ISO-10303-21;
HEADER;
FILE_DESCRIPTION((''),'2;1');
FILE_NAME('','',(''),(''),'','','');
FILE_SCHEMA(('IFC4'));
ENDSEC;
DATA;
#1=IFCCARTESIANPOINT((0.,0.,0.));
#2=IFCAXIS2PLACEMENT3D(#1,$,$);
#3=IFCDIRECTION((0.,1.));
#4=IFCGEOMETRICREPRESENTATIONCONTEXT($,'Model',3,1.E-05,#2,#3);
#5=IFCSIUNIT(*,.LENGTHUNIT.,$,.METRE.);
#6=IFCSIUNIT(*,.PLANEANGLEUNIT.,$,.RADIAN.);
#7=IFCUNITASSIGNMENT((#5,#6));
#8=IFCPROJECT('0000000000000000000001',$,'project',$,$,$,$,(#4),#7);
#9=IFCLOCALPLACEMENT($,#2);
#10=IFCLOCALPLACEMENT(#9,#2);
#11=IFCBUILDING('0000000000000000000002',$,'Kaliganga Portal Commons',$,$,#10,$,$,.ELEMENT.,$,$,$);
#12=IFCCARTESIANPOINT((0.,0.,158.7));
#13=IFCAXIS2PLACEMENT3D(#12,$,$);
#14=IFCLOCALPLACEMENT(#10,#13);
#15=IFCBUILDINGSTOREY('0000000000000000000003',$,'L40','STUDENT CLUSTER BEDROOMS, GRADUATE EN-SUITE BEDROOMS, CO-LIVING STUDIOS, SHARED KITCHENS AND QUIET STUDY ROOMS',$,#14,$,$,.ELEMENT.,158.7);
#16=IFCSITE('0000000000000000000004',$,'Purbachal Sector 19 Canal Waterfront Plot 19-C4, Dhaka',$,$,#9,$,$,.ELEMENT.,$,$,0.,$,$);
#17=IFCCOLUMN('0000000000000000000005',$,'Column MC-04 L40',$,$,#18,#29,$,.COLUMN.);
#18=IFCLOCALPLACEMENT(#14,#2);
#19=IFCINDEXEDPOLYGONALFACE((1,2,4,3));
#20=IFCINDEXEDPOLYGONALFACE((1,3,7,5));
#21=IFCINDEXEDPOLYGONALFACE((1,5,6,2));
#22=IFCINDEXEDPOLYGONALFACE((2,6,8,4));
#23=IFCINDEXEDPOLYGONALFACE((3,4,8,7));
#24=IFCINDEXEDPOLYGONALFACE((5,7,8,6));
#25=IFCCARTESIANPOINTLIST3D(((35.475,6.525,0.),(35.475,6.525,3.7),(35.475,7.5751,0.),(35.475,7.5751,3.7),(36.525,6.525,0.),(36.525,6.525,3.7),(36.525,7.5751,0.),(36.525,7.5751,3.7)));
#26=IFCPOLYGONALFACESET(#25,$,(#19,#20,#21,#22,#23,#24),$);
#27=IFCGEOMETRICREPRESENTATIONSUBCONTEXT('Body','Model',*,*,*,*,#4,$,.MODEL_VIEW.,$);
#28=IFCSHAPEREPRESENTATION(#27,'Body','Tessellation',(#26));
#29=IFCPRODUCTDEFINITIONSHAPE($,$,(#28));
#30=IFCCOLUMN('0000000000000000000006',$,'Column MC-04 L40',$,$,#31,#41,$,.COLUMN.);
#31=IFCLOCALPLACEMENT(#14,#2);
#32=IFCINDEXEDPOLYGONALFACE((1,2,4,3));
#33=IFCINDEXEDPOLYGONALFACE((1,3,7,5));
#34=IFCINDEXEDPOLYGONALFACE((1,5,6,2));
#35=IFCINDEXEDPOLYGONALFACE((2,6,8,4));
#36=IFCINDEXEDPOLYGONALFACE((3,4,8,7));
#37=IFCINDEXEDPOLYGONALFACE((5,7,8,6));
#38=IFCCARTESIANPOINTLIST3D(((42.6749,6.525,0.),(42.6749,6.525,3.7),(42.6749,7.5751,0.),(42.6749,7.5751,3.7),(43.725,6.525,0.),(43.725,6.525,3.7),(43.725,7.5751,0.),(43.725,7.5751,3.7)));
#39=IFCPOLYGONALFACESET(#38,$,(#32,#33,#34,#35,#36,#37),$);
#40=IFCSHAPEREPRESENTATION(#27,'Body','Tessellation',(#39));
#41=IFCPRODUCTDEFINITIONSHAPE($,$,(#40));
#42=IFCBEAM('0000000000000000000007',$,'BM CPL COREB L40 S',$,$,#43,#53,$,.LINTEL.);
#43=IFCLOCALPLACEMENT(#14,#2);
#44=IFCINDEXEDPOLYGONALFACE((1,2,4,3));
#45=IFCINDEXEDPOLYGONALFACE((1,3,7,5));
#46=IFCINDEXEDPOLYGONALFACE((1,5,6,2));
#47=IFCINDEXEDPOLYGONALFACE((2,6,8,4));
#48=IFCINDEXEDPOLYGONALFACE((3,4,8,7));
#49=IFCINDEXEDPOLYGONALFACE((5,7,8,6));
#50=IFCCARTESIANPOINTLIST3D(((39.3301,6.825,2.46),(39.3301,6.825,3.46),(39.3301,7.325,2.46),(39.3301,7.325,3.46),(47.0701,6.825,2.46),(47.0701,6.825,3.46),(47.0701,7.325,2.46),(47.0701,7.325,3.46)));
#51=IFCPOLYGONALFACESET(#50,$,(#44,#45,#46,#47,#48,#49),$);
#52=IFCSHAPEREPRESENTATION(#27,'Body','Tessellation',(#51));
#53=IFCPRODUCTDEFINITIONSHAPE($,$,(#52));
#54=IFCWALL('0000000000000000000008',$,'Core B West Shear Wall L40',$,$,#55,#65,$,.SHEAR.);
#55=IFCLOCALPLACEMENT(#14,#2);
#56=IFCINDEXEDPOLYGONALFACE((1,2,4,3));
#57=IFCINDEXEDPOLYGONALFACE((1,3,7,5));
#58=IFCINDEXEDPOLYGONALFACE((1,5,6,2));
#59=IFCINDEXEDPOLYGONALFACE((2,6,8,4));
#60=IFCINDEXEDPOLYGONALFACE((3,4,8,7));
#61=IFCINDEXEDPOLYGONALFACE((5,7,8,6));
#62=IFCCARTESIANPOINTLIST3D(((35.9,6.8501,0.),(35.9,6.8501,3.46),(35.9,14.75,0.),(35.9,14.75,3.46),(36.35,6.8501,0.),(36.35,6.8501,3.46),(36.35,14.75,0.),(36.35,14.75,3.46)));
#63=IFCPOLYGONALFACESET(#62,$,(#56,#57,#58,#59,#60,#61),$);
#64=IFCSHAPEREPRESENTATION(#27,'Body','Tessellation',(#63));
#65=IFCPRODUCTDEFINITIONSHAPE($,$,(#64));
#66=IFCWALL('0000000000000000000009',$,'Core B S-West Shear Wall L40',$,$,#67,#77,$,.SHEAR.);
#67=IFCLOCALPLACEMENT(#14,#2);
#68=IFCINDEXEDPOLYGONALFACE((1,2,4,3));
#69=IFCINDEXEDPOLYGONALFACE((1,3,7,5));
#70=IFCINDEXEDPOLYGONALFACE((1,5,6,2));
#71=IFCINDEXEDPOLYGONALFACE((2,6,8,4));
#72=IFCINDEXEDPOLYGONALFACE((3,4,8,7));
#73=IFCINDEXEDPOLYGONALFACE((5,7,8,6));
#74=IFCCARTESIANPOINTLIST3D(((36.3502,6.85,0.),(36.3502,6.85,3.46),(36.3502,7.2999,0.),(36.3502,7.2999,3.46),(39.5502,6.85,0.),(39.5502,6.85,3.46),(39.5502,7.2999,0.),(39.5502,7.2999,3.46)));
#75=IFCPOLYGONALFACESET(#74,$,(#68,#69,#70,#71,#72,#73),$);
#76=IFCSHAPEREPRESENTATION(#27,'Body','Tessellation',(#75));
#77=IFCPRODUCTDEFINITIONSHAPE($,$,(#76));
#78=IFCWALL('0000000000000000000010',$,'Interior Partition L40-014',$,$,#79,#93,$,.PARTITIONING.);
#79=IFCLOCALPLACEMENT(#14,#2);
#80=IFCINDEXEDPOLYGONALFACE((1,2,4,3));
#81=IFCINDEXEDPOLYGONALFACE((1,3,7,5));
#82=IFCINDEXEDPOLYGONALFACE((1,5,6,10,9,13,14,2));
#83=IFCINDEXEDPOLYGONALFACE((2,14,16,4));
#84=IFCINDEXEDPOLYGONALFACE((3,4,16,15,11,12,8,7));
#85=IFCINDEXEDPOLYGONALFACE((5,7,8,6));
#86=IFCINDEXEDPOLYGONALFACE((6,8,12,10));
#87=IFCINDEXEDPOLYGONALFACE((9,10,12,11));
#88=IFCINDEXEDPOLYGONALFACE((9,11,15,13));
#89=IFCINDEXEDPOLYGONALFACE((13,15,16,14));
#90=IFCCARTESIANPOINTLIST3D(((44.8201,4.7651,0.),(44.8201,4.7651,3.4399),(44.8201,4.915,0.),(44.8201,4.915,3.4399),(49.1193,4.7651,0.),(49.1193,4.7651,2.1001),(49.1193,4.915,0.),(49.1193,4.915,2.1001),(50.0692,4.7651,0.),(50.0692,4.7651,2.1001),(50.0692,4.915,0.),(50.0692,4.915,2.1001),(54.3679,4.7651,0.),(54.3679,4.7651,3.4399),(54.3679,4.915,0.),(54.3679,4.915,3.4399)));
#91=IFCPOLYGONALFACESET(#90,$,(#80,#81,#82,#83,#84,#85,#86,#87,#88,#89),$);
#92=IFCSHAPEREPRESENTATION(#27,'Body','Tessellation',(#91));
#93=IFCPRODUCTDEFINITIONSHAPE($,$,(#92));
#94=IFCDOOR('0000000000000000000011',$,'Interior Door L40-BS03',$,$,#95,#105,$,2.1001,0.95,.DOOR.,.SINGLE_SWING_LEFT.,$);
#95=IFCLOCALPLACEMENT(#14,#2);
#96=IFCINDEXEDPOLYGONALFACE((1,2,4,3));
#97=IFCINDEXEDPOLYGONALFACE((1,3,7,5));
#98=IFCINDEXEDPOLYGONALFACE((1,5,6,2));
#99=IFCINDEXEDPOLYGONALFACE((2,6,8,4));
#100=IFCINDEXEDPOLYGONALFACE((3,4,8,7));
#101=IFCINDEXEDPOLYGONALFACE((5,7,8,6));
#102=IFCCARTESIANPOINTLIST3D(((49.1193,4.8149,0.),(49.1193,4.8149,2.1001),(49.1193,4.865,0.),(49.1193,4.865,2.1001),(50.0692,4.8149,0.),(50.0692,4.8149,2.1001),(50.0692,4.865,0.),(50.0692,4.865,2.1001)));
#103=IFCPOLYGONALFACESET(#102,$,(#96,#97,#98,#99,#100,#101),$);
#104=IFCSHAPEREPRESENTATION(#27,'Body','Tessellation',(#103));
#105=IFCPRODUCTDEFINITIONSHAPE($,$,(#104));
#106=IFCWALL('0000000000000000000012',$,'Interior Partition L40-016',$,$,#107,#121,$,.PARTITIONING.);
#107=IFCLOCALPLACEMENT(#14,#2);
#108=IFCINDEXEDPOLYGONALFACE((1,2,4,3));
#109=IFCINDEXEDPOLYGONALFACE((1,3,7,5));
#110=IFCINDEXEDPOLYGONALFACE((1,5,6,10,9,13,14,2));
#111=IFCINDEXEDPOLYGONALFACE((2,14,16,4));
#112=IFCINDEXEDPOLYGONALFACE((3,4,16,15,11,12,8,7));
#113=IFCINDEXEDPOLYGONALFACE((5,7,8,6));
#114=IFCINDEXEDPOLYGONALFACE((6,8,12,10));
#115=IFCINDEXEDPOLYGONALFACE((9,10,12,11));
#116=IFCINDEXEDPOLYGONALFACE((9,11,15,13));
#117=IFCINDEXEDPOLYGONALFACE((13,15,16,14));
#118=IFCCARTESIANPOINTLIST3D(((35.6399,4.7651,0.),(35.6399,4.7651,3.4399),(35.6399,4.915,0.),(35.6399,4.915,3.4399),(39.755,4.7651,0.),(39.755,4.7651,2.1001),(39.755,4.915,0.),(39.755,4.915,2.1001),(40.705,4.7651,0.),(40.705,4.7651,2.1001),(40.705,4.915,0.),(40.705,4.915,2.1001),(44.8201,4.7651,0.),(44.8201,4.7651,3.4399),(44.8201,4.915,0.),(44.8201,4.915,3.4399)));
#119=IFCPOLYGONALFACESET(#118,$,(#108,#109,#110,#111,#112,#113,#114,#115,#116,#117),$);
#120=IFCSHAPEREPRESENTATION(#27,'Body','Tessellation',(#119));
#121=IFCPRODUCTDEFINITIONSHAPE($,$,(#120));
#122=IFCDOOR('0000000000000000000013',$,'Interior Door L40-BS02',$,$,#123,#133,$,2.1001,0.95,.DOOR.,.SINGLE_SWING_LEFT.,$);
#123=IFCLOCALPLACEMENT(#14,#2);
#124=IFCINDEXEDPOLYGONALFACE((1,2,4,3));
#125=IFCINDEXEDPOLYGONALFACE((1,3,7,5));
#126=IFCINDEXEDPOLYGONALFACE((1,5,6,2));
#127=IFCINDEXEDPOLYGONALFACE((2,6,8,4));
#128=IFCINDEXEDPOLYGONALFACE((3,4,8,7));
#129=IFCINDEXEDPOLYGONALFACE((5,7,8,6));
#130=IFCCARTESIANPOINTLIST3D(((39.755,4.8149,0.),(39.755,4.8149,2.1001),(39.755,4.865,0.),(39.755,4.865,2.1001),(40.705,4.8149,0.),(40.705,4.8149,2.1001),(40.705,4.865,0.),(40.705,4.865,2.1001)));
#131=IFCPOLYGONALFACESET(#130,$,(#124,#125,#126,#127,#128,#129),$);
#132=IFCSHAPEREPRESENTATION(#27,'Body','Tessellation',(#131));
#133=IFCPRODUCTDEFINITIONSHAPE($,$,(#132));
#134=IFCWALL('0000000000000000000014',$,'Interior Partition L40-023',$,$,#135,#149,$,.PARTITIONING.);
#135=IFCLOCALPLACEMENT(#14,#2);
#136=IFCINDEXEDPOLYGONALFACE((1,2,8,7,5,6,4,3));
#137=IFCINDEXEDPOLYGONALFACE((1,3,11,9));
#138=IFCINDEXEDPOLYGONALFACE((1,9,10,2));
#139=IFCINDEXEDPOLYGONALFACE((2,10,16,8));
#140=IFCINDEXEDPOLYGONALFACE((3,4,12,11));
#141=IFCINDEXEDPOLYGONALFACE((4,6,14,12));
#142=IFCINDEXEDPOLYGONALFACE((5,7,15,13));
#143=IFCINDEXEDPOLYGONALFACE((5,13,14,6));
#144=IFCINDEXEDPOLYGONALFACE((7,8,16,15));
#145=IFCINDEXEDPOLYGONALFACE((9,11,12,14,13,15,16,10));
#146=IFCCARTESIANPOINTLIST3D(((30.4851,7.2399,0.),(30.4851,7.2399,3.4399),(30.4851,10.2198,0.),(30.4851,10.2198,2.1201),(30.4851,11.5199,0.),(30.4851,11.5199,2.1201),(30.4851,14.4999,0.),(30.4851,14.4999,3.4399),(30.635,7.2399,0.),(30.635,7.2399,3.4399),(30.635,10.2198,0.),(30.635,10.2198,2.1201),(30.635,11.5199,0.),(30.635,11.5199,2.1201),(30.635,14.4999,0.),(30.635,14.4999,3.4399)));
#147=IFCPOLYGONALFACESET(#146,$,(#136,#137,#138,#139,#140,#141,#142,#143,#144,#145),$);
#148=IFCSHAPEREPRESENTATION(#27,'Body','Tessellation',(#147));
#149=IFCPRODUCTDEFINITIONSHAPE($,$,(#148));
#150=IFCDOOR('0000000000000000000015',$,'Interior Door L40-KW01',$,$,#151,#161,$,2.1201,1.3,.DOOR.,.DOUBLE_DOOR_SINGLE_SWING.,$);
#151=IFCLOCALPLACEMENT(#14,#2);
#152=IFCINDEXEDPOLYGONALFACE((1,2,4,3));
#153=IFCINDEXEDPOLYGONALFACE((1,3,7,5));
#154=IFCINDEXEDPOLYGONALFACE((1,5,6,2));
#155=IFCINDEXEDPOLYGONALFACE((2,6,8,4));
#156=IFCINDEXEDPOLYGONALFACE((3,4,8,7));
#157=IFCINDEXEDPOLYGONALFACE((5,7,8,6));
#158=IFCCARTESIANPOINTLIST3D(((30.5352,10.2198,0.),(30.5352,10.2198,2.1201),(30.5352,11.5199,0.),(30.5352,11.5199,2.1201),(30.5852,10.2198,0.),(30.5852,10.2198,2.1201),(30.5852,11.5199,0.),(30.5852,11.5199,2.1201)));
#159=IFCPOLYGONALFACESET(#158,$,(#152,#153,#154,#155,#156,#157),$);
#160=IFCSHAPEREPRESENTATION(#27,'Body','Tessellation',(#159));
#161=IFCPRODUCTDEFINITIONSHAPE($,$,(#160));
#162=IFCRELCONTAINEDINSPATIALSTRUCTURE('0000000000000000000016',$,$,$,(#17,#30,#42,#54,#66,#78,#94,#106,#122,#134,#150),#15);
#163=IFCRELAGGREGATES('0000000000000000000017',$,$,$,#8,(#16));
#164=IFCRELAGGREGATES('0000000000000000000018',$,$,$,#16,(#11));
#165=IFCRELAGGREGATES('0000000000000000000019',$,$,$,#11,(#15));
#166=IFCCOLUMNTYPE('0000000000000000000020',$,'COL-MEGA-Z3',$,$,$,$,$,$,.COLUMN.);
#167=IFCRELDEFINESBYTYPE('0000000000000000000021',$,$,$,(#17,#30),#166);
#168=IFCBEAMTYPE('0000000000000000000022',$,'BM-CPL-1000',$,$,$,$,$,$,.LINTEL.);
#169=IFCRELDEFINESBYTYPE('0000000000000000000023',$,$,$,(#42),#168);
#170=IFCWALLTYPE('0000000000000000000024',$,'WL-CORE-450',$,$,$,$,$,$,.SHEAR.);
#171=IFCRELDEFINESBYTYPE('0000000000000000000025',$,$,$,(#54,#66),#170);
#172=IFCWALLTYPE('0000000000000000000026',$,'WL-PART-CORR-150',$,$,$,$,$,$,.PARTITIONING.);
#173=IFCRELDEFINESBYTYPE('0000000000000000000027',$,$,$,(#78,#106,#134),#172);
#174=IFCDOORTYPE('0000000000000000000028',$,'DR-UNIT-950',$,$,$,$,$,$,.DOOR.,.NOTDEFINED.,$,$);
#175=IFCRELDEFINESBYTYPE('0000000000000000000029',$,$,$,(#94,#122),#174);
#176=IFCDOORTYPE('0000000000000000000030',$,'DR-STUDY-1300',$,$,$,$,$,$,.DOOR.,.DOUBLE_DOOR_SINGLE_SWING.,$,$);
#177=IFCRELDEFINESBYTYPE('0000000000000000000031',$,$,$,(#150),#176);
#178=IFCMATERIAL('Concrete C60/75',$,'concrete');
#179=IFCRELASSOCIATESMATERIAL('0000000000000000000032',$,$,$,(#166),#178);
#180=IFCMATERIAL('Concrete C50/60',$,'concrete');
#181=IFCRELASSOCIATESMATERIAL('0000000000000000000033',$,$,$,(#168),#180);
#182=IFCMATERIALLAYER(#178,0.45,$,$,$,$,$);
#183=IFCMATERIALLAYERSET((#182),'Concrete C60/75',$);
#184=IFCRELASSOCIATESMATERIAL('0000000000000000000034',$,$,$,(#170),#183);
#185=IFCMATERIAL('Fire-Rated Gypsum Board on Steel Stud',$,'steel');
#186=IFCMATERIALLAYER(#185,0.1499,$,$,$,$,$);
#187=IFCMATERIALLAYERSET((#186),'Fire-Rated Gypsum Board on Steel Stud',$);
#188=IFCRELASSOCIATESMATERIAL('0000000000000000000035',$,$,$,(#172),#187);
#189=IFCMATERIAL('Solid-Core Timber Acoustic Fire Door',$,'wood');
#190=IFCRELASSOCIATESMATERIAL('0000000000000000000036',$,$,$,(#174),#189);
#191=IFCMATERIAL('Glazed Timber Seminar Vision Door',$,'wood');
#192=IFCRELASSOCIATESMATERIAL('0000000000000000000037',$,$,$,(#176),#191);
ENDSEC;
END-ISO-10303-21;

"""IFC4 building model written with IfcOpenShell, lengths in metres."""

from ifc_helpers import new_model, si_unit, direction, frame, frame_2d, origin, origin_2d, place, context, subcontext, project, spatial, rectangle, extrude, source, transform, mapped, material, layer, layer_set, material_profile, profile_set, type_object, element, fill, save


model = new_model("IFC4")

# Units and contexts
model_context = context("Model", 3, precision=1e-05, world=origin(), true_north=direction((0.0, 1.0)))
body_context = subcontext(model_context, "Body", "Model", "MODEL_VIEW")
ifc_project = project(units=[si_unit("LENGTHUNIT", "METRE"), si_unit("PLANEANGLEUNIT", "RADIAN")], contexts=[model_context])

# Site, building, storey
site_placement = place(None, origin())
site = spatial("IfcSite", under=ifc_project, at=site_placement, Name="Purbachal Sector 19 Canal Waterfront Plot 19-C4, Dhaka", CompositionType="ELEMENT", RefElevation=0.0)
building_placement = place(site_placement, origin())
building = spatial("IfcBuilding", under=site, at=building_placement, Name="Kaliganga Portal Commons", CompositionType="ELEMENT")
storey_placement = place(building_placement, frame((0.0, 0.0, 158.7)))
storey = spatial("IfcBuildingStorey", under=building, at=storey_placement, Name="L40", Description="STUDENT CLUSTER BEDROOMS, GRADUATE EN-SUITE BEDROOMS, CO-LIVING STUDIOS, SHARED KITCHENS AND QUIET STUDY ROOMS", CompositionType="ELEMENT", Elevation=158.7)

# Columns
ifc_material_1 = material(Name="Concrete C60/75", Category="concrete")
ifc_material_profile_1 = material_profile(ifc_material_1, rectangle(XDim=1.05, YDim=1.05, at=origin_2d()), Name="RC 1050x1050")
ifc_profile_set_1 = profile_set([ifc_material_profile_1], Name="Concrete C60/75")
column_type = type_object("IfcColumnType", Name="COL-MEGA-Z3", PredefinedType="COLUMN", material=ifc_profile_set_1)
shared_shape_1 = source(origin(), body_context, "Body", "SweptSolid", [
    extrude(rectangle(XDim=1.05, YDim=1.05, at=origin_2d()), origin(), (0.0, 0.0, 1.0), 3.7),
])
for number, where, z_axis, x_axis, name in (
    (1, (36.0, 7.05, 0.0), (0.0, 0.0, 1.0), (1.0, 0.0, 0.0), "Column MC-04 L40"),
    (2, (43.2, 7.05, 0.0), (0.0, 0.0, 1.0), (1.0, 0.0, 0.0), "Column MC-04 L40"),
):
    element("IfcColumn", number, at=place(storey_placement, frame(where, z_axis=z_axis, x_axis=x_axis)), inside=storey, type_object=column_type, Name=name, PredefinedType="COLUMN", context=body_context, shape_type="MappedRepresentation", body=[
        mapped(shared_shape_1, transform((0.0, 0.0, 0.0), x_axis=(1.0, 0.0, 0.0), y_axis=(0.0, 1.0, 0.0), z_axis=(0.0, 0.0, 1.0), scale=1.0)),
    ])

# Beam
ifc_material_2 = material(Name="Concrete C50/60", Category="concrete")
ifc_material_profile_2 = material_profile(ifc_material_2, rectangle(XDim=0.5, YDim=1.0, at=origin_2d()), Name="RC 500x1000")
ifc_profile_set_2 = profile_set([ifc_material_profile_2], Name="Concrete C50/60")
beam_type = type_object("IfcBeamType", Name="BM-CPL-1000", PredefinedType="LINTEL", material=ifc_profile_set_2)
shared_shape_2 = source(origin(), body_context, "Body", "SweptSolid", [
    extrude(rectangle(XDim=0.5, YDim=1.0, at=origin_2d()), origin(), (0.0, 0.0, 1.0), 7.74),
])
beam_placement = place(storey_placement, frame((39.3301, 7.075, 2.96), z_axis=(1.0, 0.0, 0.0), x_axis=(0.0, 1.0, 0.0)))
element("IfcBeam", 3, at=beam_placement, inside=storey, type_object=beam_type, Name="BM CPL COREB L40 S", PredefinedType="LINTEL", context=body_context, shape_type="MappedRepresentation", body=[
    mapped(shared_shape_2, transform((0.0, 0.0, 0.0), x_axis=(1.0, 0.0, 0.0), y_axis=(0.0, 1.0, 0.0), z_axis=(0.0, 0.0, 1.0), scale=1.0)),
])

# Walls
ifc_layer_1 = layer(ifc_material_1, 0.45)
ifc_layer_set_1 = layer_set([ifc_layer_1], Name="Concrete C60/75")
wall_type_1 = type_object("IfcWallType", Name="WL-CORE-450", PredefinedType="SHEAR", material=ifc_layer_set_1)
wall_1_placement = place(storey_placement, frame((36.125, 6.8501, 0.0), z_axis=(0.0, 0.0, 1.0), x_axis=(0.0, 1.0, 0.0)))
element("IfcWall", 4, at=wall_1_placement, inside=storey, type_object=wall_type_1, Name="Core B West Shear Wall L40", PredefinedType="SHEAR", context=body_context, shape_type="SweptSolid", body=[
    extrude(rectangle(XDim=7.8999, YDim=0.45, at=frame_2d((3.95, 0.0))), origin(), (0.0, 0.0, 1.0), 3.46),
])
wall_2_placement = place(storey_placement, frame((36.3501, 7.075, 0.0), z_axis=(0.0, 0.0, 1.0), x_axis=(1.0, 0.0, 0.0)))
element("IfcWall", 5, at=wall_2_placement, inside=storey, type_object=wall_type_1, Name="Core B S-West Shear Wall L40", PredefinedType="SHEAR", context=body_context, shape_type="SweptSolid", body=[
    extrude(rectangle(XDim=3.2, YDim=0.45, at=frame_2d((1.6001, 0.0))), origin(), (0.0, 0.0, 1.0), 3.46),
])

# Walls, openings, doors
ifc_material_3 = material(Name="Fire-Rated Gypsum Board on Steel Stud", Category="steel")
ifc_layer_2 = layer(ifc_material_3, 0.1499)
ifc_layer_set_2 = layer_set([ifc_layer_2], Name="Fire-Rated Gypsum Board on Steel Stud")
wall_type_2 = type_object("IfcWallType", Name="WL-PART-CORR-150", PredefinedType="PARTITIONING", material=ifc_layer_set_2)
wall_3_placement = place(storey_placement, frame((44.8201, 4.8401, 0.0), z_axis=(0.0, 0.0, 1.0), x_axis=(1.0, 0.0, 0.0)))
wall_3 = element("IfcWall", 6, at=wall_3_placement, inside=storey, type_object=wall_type_2, Name="Interior Partition L40-014", PredefinedType="PARTITIONING", context=body_context, shape_type="SweptSolid", body=[
    extrude(rectangle(XDim=9.5479, YDim=0.1499, at=frame_2d((4.7739, 0.0))), origin(), (0.0, 0.0, 1.0), 3.4399),
])
opening_1_placement = place(wall_3_placement, frame((4.2991, 0.0, 0.0)))
opening_1 = element("IfcOpeningElement", 7, at=opening_1_placement, cuts=wall_3, PredefinedType="OPENING", context=body_context, shape_type="SweptSolid", body=[
    extrude(rectangle(XDim=0.95, YDim=2.1001, at=frame_2d((0.4751, 1.05))), frame((0.0, 0.085, 0.0), z_axis=(0.0, -1.0, 0.0), x_axis=(1.0, 0.0, 0.0)), (0.0, 0.0, 1.0), 0.1699),
])
ifc_material_4 = material(Name="Solid-Core Timber Acoustic Fire Door", Category="wood")
door_type_1 = type_object("IfcDoorType", Name="DR-UNIT-950", OperationType="NOTDEFINED", PredefinedType="DOOR", material=ifc_material_4)
door_1_placement = place(opening_1_placement, origin())
door_1 = element("IfcDoor", 8, at=door_1_placement, inside=storey, type_object=door_type_1, Name="Interior Door L40-BS03", OperationType="SINGLE_SWING_LEFT", OverallHeight=2.1001, OverallWidth=0.95, PredefinedType="DOOR", context=body_context, shape_type="SweptSolid", body=[
    extrude(rectangle(XDim=0.95, YDim=2.1001, at=frame_2d((0.4751, 1.05))), frame((0.0, 0.0249, 0.0), z_axis=(0.0, -1.0, 0.0), x_axis=(1.0, 0.0, 0.0)), (0.0, 0.0, 1.0), 0.05),
])
fill(opening_1, door_1)
wall_4_placement = place(storey_placement, frame((35.6399, 4.8401, 0.0), z_axis=(0.0, 0.0, 1.0), x_axis=(1.0, 0.0, 0.0)))
wall_4 = element("IfcWall", 9, at=wall_4_placement, inside=storey, type_object=wall_type_2, Name="Interior Partition L40-016", PredefinedType="PARTITIONING", context=body_context, shape_type="SweptSolid", body=[
    extrude(rectangle(XDim=9.1802, YDim=0.1499, at=frame_2d((4.5901, 0.0))), origin(), (0.0, 0.0, 1.0), 3.4399),
])
opening_2_placement = place(wall_4_placement, frame((4.115, 0.0, 0.0)))
opening_2 = element("IfcOpeningElement", 10, at=opening_2_placement, cuts=wall_4, PredefinedType="OPENING", context=body_context, shape_type="SweptSolid", body=[
    extrude(rectangle(XDim=0.95, YDim=2.1001, at=frame_2d((0.4751, 1.05))), frame((0.0, 0.085, 0.0), z_axis=(0.0, -1.0, 0.0), x_axis=(1.0, 0.0, 0.0)), (0.0, 0.0, 1.0), 0.1699),
])
door_2_placement = place(opening_2_placement, origin())
door_2 = element("IfcDoor", 11, at=door_2_placement, inside=storey, type_object=door_type_1, Name="Interior Door L40-BS02", OperationType="SINGLE_SWING_LEFT", OverallHeight=2.1001, OverallWidth=0.95, PredefinedType="DOOR", context=body_context, shape_type="SweptSolid", body=[
    extrude(rectangle(XDim=0.95, YDim=2.1001, at=frame_2d((0.4751, 1.05))), frame((0.0, 0.0249, 0.0), z_axis=(0.0, -1.0, 0.0), x_axis=(1.0, 0.0, 0.0)), (0.0, 0.0, 1.0), 0.05),
])
fill(opening_2, door_2)
wall_5_placement = place(storey_placement, frame((30.5601, 7.24, 0.0), z_axis=(0.0, 0.0, 1.0), x_axis=(0.0, 1.0, 0.0)))
wall_5 = element("IfcWall", 12, at=wall_5_placement, inside=storey, type_object=wall_type_2, Name="Interior Partition L40-023", PredefinedType="PARTITIONING", context=body_context, shape_type="SweptSolid", body=[
    extrude(rectangle(XDim=7.26, YDim=0.1499, at=frame_2d((3.6299, 0.0))), origin(), (0.0, 0.0, 1.0), 3.4399),
])
opening_3_placement = place(wall_5_placement, frame((2.98, 0.0, 0.0)))
opening_3 = element("IfcOpeningElement", 13, at=opening_3_placement, cuts=wall_5, PredefinedType="OPENING", context=body_context, shape_type="SweptSolid", body=[
    extrude(rectangle(XDim=1.3, YDim=2.1201, at=frame_2d((0.6499, 1.0601))), frame((0.0, 0.085, 0.0), z_axis=(0.0, -1.0, 0.0), x_axis=(1.0, 0.0, 0.0)), (0.0, 0.0, 1.0), 0.1699),
])
ifc_material_5 = material(Name="Glazed Timber Seminar Vision Door", Category="wood")
door_type_2 = type_object("IfcDoorType", Name="DR-STUDY-1300", OperationType="DOUBLE_DOOR_SINGLE_SWING", PredefinedType="DOOR", material=ifc_material_5)
door_3_placement = place(opening_3_placement, origin())
door_3 = element("IfcDoor", 14, at=door_3_placement, inside=storey, type_object=door_type_2, Name="Interior Door L40-KW01", OperationType="DOUBLE_DOOR_SINGLE_SWING", OverallHeight=2.1201, OverallWidth=1.3, PredefinedType="DOOR", context=body_context, shape_type="SweptSolid", body=[
    extrude(rectangle(XDim=1.3, YDim=2.1201, at=frame_2d((0.6499, 1.0601))), frame((0.0, 0.0249, 0.0), z_axis=(0.0, -1.0, 0.0), x_axis=(1.0, 0.0, 0.0)), (0.0, 0.0, 1.0), 0.05),
])
fill(opening_3, door_3)

save(model, "model.ifc")
